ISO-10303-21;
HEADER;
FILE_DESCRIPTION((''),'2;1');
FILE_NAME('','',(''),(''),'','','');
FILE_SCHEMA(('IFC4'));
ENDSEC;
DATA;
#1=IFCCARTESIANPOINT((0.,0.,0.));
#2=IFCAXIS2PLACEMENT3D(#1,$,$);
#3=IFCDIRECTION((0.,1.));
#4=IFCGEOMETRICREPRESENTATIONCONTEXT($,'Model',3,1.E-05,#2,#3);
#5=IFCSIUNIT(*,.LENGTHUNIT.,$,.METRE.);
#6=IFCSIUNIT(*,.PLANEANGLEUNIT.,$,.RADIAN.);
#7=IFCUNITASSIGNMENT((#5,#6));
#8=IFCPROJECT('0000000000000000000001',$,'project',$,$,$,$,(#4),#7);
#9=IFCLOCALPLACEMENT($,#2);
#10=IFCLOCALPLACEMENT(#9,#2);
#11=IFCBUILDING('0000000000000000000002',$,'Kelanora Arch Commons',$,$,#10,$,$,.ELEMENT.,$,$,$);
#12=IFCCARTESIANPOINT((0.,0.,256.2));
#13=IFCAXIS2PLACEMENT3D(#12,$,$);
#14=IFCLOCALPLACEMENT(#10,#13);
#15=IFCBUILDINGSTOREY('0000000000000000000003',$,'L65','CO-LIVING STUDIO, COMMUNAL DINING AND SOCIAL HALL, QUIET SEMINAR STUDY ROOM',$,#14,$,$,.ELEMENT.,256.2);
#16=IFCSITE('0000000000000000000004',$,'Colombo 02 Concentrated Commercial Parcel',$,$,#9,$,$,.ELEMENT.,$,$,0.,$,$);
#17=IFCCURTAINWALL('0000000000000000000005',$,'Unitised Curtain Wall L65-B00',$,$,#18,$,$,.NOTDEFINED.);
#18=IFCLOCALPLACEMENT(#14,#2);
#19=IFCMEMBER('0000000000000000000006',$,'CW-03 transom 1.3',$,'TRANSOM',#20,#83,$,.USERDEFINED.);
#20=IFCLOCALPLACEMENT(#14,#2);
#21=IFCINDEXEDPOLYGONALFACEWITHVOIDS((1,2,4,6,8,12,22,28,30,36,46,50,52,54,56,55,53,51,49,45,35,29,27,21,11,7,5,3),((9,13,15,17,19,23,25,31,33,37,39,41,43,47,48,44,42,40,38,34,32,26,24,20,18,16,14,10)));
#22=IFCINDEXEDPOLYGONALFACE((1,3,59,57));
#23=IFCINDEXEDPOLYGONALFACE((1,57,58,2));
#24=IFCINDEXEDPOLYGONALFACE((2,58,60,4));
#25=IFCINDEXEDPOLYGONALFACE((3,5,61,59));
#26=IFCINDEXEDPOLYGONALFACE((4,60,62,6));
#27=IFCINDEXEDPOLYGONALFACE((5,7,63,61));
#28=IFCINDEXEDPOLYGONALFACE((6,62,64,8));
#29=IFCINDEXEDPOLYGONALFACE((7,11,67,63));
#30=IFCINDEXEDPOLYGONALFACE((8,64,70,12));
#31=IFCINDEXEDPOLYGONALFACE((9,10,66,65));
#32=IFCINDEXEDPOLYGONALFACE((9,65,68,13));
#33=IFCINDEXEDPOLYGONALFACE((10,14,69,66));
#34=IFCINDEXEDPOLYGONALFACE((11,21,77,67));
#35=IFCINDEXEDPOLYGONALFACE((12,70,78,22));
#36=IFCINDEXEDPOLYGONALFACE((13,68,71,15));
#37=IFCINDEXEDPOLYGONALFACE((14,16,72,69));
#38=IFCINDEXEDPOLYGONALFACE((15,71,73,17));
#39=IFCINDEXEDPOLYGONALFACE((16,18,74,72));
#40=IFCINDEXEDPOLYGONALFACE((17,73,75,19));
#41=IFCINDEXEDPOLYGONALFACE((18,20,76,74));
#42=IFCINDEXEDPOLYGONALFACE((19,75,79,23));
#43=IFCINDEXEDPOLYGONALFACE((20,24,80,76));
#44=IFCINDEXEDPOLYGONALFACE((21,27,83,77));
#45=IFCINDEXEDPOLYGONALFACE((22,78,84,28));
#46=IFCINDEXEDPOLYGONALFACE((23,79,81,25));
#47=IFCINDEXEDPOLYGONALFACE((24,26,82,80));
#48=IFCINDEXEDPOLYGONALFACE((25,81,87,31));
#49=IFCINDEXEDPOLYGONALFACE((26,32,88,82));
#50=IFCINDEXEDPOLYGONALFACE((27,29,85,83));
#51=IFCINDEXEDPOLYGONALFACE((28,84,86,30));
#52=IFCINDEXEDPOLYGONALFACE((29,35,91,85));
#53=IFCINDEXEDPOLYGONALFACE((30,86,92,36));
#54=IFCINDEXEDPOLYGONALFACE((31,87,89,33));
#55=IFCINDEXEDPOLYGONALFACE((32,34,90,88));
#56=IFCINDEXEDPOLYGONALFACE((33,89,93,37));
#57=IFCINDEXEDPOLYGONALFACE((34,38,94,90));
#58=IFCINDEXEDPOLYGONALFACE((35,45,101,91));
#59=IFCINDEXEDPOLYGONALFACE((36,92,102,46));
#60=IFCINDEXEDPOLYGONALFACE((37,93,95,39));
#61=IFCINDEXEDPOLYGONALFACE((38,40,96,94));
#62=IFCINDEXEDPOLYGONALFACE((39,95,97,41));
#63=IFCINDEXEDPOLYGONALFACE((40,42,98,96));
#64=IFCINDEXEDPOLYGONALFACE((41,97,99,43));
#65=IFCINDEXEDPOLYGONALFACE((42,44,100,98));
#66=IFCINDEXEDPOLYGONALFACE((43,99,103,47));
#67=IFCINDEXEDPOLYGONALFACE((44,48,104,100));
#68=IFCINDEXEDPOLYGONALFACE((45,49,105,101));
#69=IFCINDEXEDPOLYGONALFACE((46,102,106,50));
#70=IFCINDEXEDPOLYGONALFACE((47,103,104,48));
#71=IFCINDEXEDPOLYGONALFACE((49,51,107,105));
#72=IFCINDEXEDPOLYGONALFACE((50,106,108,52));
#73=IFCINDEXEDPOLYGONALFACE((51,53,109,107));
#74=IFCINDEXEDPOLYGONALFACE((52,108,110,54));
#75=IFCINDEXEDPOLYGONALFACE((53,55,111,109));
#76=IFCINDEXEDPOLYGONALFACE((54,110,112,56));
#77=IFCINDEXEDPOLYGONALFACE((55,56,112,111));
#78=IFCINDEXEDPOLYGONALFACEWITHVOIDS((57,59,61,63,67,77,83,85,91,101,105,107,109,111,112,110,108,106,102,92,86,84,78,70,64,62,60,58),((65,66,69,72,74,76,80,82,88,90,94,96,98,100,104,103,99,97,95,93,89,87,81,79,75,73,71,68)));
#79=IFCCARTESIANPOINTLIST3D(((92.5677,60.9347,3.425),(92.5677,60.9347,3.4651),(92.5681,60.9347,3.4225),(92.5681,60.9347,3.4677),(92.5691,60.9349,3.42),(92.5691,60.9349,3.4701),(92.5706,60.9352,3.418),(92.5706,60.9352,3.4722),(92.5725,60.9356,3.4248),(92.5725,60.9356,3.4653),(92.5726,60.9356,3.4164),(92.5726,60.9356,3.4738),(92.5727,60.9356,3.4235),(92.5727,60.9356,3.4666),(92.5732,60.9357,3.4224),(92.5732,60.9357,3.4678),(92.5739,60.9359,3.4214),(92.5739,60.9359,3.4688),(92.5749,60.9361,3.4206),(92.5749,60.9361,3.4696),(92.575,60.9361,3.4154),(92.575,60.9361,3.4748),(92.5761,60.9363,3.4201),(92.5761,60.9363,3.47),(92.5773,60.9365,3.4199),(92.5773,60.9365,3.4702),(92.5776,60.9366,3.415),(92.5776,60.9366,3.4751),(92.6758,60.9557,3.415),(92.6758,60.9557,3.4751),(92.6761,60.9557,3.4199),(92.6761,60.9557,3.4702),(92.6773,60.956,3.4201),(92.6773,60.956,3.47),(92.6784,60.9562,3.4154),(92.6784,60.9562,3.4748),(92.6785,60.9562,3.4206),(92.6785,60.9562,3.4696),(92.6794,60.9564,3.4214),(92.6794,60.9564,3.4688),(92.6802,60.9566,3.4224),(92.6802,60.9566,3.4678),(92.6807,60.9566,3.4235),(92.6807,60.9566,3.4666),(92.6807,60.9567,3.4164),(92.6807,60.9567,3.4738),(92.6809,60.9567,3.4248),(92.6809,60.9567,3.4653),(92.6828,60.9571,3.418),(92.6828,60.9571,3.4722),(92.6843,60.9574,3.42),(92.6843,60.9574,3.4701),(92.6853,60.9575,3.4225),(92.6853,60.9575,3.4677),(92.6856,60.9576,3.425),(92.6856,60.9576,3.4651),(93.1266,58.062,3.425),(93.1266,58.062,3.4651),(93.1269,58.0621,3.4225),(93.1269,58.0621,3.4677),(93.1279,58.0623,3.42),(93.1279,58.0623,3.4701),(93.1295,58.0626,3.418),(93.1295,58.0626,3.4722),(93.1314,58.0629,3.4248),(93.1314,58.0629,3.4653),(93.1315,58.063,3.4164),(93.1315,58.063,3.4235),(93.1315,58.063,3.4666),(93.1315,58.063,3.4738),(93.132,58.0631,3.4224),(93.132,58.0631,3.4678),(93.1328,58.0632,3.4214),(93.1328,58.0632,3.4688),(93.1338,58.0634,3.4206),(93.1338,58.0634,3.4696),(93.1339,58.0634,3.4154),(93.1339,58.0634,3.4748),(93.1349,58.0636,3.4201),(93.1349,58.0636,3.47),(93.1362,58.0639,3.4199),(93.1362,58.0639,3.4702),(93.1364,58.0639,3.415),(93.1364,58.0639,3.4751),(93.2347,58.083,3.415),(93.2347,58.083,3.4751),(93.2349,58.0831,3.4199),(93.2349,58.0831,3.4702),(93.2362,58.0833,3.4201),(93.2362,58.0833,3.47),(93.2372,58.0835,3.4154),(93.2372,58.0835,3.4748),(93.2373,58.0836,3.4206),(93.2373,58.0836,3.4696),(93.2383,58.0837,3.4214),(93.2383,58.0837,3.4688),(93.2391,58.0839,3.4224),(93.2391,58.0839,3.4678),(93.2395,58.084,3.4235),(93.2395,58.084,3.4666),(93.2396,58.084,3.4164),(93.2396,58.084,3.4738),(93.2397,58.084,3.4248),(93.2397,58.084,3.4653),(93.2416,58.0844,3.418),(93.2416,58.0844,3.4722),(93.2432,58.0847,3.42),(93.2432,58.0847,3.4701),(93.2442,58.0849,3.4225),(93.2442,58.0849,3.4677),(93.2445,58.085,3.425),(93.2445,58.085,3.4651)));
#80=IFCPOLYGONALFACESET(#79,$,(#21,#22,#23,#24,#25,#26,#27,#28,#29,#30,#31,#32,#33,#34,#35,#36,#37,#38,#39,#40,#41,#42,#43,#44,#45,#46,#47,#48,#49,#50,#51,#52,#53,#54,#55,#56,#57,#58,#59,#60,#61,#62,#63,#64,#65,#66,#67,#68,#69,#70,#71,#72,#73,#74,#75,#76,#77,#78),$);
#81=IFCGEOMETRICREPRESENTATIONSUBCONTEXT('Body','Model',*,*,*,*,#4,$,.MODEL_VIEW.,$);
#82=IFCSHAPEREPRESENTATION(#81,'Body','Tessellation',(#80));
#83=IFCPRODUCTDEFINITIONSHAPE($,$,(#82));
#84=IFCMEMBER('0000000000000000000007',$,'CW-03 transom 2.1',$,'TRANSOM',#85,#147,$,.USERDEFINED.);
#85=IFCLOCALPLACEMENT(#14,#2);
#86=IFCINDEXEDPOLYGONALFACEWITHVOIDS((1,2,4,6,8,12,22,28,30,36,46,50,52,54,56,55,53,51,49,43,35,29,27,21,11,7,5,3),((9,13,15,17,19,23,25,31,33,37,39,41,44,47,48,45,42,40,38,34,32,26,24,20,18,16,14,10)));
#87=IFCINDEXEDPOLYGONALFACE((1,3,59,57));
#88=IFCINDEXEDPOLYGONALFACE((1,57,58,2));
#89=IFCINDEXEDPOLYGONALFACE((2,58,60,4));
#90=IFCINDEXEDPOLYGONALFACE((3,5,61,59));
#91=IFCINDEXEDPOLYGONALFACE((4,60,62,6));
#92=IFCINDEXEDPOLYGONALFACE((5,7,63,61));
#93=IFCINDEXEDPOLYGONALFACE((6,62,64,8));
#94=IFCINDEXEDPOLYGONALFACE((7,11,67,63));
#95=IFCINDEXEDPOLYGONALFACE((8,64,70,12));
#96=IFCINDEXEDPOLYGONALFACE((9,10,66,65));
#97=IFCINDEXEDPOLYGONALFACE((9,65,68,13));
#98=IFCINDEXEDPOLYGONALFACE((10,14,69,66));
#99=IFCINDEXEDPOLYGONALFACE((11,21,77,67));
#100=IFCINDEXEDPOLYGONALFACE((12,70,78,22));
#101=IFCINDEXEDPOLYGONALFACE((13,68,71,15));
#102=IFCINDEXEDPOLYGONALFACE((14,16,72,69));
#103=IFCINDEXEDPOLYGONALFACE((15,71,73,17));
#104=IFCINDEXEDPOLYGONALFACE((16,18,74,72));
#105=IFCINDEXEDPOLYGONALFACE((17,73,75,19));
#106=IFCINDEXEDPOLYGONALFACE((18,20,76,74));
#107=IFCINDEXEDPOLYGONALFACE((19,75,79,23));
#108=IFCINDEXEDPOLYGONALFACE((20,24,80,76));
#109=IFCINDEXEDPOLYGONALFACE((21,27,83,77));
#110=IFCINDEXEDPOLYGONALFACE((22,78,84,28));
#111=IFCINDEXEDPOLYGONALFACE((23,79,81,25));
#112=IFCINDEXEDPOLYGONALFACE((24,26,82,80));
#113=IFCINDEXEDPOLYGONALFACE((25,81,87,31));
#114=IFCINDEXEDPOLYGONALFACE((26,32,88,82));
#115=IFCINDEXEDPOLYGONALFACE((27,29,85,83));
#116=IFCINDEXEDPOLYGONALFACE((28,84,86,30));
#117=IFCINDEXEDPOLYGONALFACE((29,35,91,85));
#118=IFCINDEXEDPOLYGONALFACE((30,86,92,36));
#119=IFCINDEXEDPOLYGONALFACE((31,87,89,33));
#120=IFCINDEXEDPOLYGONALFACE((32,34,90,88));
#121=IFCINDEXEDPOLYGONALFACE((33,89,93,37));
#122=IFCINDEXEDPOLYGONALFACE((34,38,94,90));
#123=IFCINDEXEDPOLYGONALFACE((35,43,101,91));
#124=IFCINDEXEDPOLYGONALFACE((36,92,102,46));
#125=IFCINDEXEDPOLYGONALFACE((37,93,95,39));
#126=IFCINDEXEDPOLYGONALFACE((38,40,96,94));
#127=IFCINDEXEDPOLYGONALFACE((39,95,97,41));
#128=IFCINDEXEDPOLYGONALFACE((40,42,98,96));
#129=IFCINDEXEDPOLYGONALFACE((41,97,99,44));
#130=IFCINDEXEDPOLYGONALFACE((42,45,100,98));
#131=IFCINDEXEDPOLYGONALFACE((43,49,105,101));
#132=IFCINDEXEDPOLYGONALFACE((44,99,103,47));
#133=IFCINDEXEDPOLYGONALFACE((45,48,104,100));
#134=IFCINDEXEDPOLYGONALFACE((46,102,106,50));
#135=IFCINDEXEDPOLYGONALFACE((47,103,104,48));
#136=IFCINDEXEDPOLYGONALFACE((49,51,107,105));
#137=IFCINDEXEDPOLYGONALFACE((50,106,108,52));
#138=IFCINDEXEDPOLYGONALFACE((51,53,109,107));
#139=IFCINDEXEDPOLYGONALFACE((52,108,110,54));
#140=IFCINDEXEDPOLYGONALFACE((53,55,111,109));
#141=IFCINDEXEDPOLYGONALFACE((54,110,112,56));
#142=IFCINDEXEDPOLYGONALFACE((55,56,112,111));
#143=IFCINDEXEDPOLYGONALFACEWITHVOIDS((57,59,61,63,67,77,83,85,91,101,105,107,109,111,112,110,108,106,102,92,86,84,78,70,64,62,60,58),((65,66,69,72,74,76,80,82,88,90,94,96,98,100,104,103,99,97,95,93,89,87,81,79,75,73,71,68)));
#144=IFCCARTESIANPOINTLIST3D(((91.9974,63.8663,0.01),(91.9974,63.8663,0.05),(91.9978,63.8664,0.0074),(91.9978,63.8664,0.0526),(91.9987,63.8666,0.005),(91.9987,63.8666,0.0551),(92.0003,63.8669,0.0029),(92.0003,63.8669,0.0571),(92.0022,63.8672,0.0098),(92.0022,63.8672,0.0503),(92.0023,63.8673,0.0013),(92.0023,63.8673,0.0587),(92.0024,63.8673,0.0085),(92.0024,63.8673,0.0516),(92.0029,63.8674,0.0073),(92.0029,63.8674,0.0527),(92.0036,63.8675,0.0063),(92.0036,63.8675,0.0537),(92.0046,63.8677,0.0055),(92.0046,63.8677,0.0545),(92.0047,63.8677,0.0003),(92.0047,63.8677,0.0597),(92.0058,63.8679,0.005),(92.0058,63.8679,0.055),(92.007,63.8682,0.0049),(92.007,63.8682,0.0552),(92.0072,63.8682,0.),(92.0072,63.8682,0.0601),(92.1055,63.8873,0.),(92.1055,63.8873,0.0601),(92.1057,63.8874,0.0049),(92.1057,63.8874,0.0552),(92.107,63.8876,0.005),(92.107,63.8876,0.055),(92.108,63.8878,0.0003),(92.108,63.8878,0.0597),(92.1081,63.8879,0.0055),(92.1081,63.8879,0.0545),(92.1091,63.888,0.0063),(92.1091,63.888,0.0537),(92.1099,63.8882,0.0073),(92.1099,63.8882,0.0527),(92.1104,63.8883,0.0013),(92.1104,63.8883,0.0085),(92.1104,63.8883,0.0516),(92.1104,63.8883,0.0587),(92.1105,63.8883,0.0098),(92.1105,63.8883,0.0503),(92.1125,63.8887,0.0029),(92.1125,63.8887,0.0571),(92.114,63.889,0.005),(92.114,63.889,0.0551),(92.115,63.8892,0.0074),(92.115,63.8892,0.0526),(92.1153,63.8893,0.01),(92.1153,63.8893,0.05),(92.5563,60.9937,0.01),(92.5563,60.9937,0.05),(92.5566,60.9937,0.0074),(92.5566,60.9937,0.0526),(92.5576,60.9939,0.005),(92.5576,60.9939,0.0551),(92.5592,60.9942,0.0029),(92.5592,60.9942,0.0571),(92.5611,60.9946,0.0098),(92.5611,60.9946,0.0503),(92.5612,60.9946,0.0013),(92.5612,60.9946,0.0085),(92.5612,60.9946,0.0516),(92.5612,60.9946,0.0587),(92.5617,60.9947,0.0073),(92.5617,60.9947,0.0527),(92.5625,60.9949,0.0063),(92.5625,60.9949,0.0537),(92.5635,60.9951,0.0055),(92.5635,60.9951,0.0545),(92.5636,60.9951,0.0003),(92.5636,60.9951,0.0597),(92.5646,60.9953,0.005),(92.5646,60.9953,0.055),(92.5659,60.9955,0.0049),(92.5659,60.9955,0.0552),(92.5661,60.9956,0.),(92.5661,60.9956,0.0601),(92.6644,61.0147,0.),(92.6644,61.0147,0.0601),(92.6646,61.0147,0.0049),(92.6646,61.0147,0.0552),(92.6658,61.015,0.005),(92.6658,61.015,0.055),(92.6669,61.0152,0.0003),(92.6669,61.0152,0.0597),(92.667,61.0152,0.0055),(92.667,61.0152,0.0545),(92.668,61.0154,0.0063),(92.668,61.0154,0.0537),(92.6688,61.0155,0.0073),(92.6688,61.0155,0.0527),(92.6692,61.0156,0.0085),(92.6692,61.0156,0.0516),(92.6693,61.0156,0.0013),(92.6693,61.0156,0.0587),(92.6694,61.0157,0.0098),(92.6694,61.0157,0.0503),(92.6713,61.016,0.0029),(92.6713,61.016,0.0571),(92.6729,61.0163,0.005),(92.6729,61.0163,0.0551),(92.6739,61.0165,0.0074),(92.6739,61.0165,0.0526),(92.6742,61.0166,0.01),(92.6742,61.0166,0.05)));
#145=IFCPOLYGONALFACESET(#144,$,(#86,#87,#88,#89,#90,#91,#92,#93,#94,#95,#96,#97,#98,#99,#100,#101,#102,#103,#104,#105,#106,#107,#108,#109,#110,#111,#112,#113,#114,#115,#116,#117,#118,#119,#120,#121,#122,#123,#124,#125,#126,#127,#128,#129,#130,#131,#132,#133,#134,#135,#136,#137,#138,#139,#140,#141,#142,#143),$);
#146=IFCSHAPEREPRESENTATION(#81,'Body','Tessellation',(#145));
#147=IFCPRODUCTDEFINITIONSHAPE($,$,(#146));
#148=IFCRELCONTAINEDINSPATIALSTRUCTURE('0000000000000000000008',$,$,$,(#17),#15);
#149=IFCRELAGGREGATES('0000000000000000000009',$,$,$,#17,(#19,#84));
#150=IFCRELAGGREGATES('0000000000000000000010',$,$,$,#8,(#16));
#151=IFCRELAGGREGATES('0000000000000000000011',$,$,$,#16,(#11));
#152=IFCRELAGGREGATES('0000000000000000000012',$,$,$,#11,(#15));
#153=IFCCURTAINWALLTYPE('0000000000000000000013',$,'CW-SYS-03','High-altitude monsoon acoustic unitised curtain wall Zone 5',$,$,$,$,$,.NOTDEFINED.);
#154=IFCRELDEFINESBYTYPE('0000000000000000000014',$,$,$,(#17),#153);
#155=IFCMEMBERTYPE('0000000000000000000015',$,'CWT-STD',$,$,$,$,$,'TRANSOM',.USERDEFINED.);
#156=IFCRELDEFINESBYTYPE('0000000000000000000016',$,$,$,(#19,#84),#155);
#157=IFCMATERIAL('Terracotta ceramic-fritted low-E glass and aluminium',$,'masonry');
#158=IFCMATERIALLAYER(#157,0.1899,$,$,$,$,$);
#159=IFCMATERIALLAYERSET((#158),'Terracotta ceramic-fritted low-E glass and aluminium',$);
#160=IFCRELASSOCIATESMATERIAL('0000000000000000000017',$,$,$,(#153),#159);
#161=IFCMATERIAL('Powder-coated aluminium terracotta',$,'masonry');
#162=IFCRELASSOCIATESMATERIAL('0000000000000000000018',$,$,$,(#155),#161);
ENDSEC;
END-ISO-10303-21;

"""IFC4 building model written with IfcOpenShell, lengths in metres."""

from ifc_helpers import new_model, si_unit, direction, frame, origin, origin_2d, place, context, subcontext, project, spatial, hollow_rectangle, extrude, material, layer, layer_set, material_profile, profile_set, type_object, element, aggregate, save


model = new_model("IFC4")

# Units and contexts
model_context = context("Model", 3, precision=1e-05, world=origin(), true_north=direction((0.0, 1.0)))
body_context = subcontext(model_context, "Body", "Model", "MODEL_VIEW")
ifc_project = project(units=[si_unit("LENGTHUNIT", "METRE"), si_unit("PLANEANGLEUNIT", "RADIAN")], contexts=[model_context])

# Site, building, storey
site_placement = place(None, origin())
site = spatial("IfcSite", under=ifc_project, at=site_placement, Name="Colombo 02 Concentrated Commercial Parcel", CompositionType="ELEMENT", RefElevation=0.0)
building_placement = place(site_placement, origin())
building = spatial("IfcBuilding", under=site, at=building_placement, Name="Kelanora Arch Commons", CompositionType="ELEMENT")
storey_placement = place(building_placement, frame((0.0, 0.0, 256.2)))
storey = spatial("IfcBuildingStorey", under=building, at=storey_placement, Name="L65", Description="CO-LIVING STUDIO, COMMUNAL DINING AND SOCIAL HALL, QUIET SEMINAR STUDY ROOM", CompositionType="ELEMENT", Elevation=256.2)

# Curtain wall, members
ifc_material_1 = material(Name="Terracotta ceramic-fritted low-E glass and aluminium", Category="masonry")
ifc_layer_1 = layer(ifc_material_1, 0.1899)
ifc_layer_set_1 = layer_set([ifc_layer_1], Name="Terracotta ceramic-fritted low-E glass and aluminium")
curtain_wall_type = type_object("IfcCurtainWallType", Name="CW-SYS-03", Description="High-altitude monsoon acoustic unitised curtain wall Zone 5", PredefinedType="NOTDEFINED", material=ifc_layer_set_1)
curtain_wall_placement = place(storey_placement, origin())
curtain_wall = element("IfcCurtainWall", 1, at=curtain_wall_placement, inside=storey, type_object=curtain_wall_type, Name="Unitised Curtain Wall L65-B00", PredefinedType="NOTDEFINED")
ifc_material_2 = material(Name="Powder-coated aluminium terracotta", Category="masonry")
ifc_material_profile_1 = material_profile(ifc_material_2, hollow_rectangle(XDim=0.1201, YDim=0.0601, WallThickness=0.0049, InnerFilletRadius=0.0049, OuterFilletRadius=0.01, at=origin_2d()), Name="CWT120x60")
ifc_profile_set_1 = profile_set([ifc_material_profile_1], Name="Powder-coated aluminium terracotta")
member_type_1 = type_object("IfcMemberType", Name="CWT-STD", ElementType="TRANSOM", PredefinedType="USERDEFINED", material=ifc_profile_set_1)
member_1_placement = place(storey_placement, frame((93.1855, 58.0735, 3.4451), z_axis=(-0.190963, 0.981597, 0.0), x_axis=(-0.981597, -0.190963, 0.0)))
member_1 = element("IfcMember", 2, at=member_1_placement, type_object=member_type_1, Name="CW-03 transom 1.3", ObjectType="TRANSOM", PredefinedType="USERDEFINED", context=body_context, shape_type="SweptSolid", body=[
    extrude(hollow_rectangle(XDim=0.1201, YDim=0.0601, WallThickness=0.0049, InnerFilletRadius=0.0049, OuterFilletRadius=0.01, at=origin_2d()), origin(), (0.0, 0.0, 1.0), 2.9265),
])
member_2_placement = place(storey_placement, frame((92.6152, 61.0051, 0.03), z_axis=(-0.190963, 0.981597, 0.0), x_axis=(-0.981597, -0.190963, 0.0)))
member_2 = element("IfcMember", 3, at=member_2_placement, type_object=member_type_1, Name="CW-03 transom 2.1", ObjectType="TRANSOM", PredefinedType="USERDEFINED", context=body_context, shape_type="SweptSolid", body=[
    extrude(hollow_rectangle(XDim=0.1201, YDim=0.0601, WallThickness=0.0049, InnerFilletRadius=0.0049, OuterFilletRadius=0.01, at=origin_2d()), origin(), (0.0, 0.0, 1.0), 2.9265),
])
aggregate(curtain_wall, [member_1, member_2])

save(model, "model.ifc")
